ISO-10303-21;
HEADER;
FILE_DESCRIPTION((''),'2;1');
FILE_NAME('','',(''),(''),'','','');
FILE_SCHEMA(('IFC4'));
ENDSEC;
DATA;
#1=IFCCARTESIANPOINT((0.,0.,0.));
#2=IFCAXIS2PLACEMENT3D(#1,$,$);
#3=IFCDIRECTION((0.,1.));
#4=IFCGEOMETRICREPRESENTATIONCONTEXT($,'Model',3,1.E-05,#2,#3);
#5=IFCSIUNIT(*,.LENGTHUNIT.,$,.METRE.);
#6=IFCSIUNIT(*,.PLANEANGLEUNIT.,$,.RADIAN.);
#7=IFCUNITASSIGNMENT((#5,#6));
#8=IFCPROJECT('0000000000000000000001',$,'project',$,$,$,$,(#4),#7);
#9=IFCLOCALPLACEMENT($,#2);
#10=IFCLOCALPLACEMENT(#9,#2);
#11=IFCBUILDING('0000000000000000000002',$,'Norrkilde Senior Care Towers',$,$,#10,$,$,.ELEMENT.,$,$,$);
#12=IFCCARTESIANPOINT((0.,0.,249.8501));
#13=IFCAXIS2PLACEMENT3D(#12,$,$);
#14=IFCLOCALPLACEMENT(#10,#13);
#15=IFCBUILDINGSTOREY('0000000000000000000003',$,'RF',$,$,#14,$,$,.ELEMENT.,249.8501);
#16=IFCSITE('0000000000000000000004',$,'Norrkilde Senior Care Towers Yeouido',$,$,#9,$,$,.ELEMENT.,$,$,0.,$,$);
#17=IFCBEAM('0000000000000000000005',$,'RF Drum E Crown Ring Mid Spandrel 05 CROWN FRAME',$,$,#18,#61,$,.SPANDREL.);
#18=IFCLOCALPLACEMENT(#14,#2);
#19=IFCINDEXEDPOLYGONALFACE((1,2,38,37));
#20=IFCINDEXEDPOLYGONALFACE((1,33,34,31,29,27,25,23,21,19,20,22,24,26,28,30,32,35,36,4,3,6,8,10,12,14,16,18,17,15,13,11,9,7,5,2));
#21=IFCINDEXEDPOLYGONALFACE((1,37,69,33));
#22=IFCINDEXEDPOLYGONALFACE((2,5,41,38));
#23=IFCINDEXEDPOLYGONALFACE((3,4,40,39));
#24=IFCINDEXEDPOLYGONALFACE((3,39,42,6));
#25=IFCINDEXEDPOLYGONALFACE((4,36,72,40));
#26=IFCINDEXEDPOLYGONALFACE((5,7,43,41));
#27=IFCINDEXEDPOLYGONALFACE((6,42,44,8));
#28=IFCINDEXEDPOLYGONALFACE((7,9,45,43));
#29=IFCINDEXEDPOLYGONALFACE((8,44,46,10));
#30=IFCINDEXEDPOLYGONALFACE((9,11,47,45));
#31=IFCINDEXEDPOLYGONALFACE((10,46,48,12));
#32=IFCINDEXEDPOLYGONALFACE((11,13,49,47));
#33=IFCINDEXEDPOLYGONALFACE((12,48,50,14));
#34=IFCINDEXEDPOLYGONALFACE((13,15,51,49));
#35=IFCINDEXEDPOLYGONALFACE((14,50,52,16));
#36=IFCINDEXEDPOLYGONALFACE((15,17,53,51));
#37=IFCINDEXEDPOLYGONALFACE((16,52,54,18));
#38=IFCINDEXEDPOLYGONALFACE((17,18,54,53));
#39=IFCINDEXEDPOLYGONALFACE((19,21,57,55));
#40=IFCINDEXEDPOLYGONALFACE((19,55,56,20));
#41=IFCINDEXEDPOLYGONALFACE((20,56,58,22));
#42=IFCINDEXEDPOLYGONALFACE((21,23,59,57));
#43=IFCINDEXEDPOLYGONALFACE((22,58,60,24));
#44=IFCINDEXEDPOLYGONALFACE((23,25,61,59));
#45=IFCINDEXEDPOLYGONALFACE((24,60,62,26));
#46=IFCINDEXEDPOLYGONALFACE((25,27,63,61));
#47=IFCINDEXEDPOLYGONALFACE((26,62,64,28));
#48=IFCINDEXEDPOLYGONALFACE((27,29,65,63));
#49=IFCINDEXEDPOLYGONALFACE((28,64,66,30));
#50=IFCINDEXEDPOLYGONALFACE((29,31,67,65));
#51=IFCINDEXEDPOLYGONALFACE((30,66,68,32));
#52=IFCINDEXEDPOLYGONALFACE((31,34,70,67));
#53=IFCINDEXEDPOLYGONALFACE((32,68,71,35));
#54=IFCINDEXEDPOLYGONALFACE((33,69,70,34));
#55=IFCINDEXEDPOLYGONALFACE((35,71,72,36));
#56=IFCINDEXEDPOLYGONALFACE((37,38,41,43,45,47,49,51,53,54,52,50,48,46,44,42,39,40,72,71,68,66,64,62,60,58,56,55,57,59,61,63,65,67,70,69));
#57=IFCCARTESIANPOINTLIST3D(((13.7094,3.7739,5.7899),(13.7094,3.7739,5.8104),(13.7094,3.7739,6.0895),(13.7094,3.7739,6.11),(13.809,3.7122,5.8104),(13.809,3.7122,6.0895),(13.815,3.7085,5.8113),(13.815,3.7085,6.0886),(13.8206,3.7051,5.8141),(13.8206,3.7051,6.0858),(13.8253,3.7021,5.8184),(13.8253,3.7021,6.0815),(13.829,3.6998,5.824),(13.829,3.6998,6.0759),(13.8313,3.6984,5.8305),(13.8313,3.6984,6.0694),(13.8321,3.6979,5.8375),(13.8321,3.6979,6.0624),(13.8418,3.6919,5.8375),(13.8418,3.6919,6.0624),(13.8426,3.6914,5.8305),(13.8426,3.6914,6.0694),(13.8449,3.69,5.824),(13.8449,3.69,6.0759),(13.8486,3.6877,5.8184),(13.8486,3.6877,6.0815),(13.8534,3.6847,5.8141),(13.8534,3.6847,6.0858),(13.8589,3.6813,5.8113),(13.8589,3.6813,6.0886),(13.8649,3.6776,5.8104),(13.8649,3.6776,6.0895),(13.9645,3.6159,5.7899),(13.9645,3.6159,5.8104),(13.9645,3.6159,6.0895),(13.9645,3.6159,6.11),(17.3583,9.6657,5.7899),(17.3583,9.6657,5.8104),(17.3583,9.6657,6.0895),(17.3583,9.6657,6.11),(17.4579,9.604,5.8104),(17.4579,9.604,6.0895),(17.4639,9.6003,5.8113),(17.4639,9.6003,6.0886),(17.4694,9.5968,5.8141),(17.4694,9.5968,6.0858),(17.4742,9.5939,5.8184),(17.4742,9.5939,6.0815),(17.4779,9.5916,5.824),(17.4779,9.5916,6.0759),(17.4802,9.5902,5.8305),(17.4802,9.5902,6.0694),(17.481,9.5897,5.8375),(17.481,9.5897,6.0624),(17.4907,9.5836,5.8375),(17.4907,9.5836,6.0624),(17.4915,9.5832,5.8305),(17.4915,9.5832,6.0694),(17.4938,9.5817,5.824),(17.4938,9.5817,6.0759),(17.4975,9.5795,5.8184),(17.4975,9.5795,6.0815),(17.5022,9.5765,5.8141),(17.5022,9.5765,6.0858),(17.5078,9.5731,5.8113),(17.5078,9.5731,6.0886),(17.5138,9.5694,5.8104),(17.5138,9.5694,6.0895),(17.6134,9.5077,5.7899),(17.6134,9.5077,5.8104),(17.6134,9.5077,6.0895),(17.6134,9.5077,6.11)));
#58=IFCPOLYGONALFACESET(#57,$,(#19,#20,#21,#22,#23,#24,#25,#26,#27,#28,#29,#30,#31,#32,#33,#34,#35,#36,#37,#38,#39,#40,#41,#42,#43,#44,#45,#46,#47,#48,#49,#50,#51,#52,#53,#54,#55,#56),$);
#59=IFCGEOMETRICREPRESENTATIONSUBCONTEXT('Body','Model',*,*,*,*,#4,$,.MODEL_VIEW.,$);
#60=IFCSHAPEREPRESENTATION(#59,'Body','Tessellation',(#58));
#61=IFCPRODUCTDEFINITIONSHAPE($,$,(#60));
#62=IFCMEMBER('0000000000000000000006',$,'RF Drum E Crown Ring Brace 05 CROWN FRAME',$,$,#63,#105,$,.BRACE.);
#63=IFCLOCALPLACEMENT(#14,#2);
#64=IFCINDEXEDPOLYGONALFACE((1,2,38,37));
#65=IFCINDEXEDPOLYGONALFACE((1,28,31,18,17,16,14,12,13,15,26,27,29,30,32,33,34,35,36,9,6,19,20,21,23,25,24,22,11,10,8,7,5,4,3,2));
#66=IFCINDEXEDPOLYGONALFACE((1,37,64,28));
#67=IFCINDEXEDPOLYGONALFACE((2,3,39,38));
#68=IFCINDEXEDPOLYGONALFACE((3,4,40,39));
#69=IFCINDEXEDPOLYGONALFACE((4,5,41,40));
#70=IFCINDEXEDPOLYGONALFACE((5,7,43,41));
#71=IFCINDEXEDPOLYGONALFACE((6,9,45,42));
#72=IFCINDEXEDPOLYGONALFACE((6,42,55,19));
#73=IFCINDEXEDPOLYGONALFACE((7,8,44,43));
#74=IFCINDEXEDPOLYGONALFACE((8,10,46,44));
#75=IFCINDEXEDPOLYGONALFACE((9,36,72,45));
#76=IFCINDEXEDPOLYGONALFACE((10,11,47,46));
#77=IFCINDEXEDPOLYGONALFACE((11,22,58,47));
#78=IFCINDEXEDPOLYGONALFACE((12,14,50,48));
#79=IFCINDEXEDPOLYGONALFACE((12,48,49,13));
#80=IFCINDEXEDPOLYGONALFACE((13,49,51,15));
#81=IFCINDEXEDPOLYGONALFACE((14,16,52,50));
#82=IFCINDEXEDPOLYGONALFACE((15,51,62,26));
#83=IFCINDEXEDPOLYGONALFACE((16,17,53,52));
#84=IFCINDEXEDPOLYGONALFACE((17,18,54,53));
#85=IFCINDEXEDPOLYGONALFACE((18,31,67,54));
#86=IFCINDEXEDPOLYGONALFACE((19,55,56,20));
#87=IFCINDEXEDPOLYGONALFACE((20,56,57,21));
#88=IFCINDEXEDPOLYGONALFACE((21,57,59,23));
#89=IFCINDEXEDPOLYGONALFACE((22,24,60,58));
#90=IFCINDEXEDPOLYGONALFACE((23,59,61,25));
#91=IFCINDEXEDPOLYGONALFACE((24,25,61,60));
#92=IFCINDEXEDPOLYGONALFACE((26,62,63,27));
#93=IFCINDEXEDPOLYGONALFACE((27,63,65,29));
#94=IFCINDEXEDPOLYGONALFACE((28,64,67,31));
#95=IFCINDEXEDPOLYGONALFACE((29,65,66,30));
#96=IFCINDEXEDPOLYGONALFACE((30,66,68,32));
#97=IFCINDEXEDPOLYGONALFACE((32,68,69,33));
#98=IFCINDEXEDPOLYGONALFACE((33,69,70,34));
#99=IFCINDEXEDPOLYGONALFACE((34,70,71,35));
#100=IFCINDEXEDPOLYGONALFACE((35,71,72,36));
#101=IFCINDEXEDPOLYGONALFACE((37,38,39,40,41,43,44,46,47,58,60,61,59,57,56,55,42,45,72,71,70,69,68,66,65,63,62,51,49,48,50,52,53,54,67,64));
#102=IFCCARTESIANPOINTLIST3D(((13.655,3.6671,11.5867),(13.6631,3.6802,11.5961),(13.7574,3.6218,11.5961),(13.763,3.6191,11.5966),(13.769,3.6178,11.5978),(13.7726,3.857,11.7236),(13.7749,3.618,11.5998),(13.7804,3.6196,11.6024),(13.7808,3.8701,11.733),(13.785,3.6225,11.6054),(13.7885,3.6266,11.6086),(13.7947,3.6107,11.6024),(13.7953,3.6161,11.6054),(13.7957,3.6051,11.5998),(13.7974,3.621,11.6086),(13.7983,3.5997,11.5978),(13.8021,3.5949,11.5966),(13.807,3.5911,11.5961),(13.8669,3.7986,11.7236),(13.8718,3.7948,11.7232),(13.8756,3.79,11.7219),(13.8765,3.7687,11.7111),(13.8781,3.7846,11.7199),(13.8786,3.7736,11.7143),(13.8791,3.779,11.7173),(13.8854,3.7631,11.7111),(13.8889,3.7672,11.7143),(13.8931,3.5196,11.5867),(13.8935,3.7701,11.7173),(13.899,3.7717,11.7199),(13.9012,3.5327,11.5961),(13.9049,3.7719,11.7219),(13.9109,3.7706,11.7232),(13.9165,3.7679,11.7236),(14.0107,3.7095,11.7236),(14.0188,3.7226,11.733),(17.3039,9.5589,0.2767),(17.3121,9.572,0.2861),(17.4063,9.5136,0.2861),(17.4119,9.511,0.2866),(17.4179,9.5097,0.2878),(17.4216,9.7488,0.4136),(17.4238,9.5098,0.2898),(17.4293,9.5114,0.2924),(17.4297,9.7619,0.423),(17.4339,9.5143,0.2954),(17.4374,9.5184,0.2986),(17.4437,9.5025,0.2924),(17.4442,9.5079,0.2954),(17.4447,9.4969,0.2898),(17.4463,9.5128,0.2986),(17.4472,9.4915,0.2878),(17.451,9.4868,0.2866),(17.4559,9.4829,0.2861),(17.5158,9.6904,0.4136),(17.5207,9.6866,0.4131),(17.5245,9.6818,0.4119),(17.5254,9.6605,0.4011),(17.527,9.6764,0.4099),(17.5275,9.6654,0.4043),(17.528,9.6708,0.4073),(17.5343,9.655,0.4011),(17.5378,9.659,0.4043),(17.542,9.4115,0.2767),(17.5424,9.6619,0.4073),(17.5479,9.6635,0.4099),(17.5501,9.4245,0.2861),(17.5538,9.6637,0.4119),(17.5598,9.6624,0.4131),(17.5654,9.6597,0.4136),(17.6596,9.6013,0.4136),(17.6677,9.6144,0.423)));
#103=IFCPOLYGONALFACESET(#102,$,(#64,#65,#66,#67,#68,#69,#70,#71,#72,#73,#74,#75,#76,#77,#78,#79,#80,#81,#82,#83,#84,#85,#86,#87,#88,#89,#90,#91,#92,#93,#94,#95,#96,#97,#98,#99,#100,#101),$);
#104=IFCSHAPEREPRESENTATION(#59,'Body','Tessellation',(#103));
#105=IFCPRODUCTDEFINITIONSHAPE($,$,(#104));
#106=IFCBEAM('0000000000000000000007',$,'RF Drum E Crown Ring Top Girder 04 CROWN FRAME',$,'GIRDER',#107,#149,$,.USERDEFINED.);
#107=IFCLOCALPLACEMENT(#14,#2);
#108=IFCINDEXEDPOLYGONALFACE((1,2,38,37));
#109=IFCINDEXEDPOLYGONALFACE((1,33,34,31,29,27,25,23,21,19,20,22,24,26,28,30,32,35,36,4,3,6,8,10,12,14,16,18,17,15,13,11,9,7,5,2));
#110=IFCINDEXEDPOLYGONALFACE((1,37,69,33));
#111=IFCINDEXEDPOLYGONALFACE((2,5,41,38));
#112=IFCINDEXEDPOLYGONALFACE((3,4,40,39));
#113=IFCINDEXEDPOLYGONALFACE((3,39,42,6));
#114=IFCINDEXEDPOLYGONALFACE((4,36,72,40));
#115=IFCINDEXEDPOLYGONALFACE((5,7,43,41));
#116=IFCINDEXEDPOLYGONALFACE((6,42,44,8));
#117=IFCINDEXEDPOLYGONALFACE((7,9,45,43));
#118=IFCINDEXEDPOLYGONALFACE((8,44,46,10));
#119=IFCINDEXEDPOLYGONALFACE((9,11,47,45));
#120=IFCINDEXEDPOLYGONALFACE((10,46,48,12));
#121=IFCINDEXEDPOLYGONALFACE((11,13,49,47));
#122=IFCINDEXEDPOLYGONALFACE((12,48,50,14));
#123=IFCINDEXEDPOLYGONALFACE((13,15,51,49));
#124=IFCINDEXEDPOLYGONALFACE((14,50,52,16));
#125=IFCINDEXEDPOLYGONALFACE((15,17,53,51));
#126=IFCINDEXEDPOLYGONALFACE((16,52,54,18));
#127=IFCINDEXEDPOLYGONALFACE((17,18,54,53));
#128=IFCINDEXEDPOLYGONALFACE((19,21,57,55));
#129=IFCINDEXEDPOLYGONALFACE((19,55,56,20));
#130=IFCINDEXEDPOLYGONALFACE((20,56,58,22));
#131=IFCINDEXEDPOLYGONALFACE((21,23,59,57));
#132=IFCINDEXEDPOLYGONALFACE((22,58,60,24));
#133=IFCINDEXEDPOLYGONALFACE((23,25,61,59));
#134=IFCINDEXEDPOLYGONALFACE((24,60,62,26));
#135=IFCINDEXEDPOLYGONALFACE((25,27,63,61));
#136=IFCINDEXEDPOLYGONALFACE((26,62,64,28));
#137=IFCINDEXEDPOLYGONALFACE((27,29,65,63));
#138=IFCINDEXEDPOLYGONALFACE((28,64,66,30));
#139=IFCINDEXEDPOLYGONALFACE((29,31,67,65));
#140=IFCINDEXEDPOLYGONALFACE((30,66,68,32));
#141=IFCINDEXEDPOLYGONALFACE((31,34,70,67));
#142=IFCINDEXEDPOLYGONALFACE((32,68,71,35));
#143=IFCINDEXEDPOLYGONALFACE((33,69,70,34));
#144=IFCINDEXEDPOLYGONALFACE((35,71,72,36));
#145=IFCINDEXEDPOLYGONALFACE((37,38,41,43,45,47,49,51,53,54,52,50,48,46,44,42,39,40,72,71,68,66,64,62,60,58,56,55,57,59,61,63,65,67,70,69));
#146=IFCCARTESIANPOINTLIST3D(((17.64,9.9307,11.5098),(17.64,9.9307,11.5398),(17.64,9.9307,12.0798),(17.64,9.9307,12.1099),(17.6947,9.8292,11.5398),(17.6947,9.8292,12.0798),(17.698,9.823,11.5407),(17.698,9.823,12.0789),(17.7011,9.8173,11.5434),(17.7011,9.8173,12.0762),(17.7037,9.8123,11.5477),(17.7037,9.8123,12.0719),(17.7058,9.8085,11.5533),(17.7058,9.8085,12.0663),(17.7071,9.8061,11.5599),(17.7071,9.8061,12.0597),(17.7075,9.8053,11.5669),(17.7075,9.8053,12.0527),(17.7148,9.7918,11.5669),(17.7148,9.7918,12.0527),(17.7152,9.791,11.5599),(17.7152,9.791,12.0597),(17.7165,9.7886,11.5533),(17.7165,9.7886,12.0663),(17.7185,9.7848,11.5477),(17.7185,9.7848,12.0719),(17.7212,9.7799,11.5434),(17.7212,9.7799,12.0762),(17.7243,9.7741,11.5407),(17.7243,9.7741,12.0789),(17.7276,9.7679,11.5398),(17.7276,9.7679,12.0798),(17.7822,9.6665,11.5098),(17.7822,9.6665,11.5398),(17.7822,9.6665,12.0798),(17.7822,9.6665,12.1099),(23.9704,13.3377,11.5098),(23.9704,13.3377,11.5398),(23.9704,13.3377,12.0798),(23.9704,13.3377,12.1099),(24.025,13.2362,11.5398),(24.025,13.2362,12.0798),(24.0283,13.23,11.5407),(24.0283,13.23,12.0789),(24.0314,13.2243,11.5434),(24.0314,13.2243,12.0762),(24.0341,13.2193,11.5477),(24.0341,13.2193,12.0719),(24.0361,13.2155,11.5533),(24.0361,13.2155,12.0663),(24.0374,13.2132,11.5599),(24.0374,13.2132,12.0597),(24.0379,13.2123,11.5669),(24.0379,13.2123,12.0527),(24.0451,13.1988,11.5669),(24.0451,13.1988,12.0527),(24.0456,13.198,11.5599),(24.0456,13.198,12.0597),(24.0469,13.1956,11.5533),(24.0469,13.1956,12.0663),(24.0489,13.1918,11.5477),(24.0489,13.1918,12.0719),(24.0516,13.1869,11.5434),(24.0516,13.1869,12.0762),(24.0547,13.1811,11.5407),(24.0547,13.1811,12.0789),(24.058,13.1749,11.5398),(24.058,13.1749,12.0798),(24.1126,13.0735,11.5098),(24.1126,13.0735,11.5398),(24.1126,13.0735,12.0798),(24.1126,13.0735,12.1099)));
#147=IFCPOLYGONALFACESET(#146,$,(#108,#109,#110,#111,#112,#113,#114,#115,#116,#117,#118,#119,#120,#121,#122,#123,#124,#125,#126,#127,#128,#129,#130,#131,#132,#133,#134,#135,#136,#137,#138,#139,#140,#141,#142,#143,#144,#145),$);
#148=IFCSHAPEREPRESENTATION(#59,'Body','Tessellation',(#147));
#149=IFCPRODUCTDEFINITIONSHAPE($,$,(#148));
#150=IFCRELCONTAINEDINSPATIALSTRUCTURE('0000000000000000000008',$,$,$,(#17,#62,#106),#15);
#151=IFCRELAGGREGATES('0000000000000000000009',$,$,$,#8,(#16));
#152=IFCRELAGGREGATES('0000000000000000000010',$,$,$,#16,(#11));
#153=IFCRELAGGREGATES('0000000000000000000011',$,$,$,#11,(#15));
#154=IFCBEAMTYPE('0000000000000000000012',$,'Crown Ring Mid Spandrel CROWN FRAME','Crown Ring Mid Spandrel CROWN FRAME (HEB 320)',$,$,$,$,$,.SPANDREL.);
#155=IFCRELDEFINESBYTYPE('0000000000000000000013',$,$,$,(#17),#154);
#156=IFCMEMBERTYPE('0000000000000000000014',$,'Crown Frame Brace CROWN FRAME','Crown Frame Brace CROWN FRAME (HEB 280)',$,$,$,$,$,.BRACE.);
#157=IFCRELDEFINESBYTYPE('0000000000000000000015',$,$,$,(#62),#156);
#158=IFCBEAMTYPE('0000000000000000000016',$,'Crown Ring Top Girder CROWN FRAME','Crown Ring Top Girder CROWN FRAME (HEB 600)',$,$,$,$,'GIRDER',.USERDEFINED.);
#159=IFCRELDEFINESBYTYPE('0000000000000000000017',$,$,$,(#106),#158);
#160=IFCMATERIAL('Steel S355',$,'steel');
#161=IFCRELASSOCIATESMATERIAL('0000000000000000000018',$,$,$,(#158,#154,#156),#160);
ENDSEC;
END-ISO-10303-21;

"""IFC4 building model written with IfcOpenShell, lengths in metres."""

from ifc_helpers import new_model, si_unit, direction, frame, origin, origin_2d, place, context, subcontext, project, spatial, i_section, extrude, source, transform, mapped, material, material_profile, profile_set, type_object, type_shapes, element, save


model = new_model("IFC4")

# Units and contexts
model_context = context("Model", 3, precision=1e-05, world=origin(), true_north=direction((0.0, 1.0)))
body_context = subcontext(model_context, "Body", "Model", "MODEL_VIEW")
ifc_project = project(units=[si_unit("LENGTHUNIT", "METRE"), si_unit("PLANEANGLEUNIT", "RADIAN")], contexts=[model_context])

# Site, building, storey
site_placement = place(None, origin())
site = spatial("IfcSite", under=ifc_project, at=site_placement, Name="Norrkilde Senior Care Towers Yeouido", CompositionType="ELEMENT", RefElevation=0.0)
building_placement = place(site_placement, origin())
building = spatial("IfcBuilding", under=site, at=building_placement, Name="Norrkilde Senior Care Towers", CompositionType="ELEMENT")
storey_placement = place(building_placement, frame((0.0, 0.0, 249.8501)))
storey = spatial("IfcBuildingStorey", under=building, at=storey_placement, Name="RF", CompositionType="ELEMENT", Elevation=249.8501)

# Shared definitions
ifc_material_1 = material(Name="Steel S355", Category="steel")

# Beam
ifc_material_profile_1 = material_profile(ifc_material_1, i_section(OverallWidth=0.3, OverallDepth=0.6001, WebThickness=0.0154, FlangeThickness=0.03, FilletRadius=0.0271, at=origin_2d()), Name="HEB 600")
ifc_profile_set_1 = profile_set([ifc_material_profile_1], Name="Steel S355")
beam_type_1 = type_object("IfcBeamType", Name="Crown Ring Top Girder CROWN FRAME", Description="Crown Ring Top Girder CROWN FRAME (HEB 600)", ElementType="GIRDER", PredefinedType="USERDEFINED", material=ifc_profile_set_1)
ifc_material_profile_2 = material_profile(ifc_material_1, i_section(OverallWidth=0.3, OverallDepth=0.3201, WebThickness=0.0115, FlangeThickness=0.0205, FilletRadius=0.0271, at=origin_2d()), Name="HEB 320")
ifc_profile_set_2 = profile_set([ifc_material_profile_2], Name="Steel S355")
beam_type_2 = type_object("IfcBeamType", Name="Crown Ring Mid Spandrel CROWN FRAME", Description="Crown Ring Mid Spandrel CROWN FRAME (HEB 320)", PredefinedType="SPANDREL", material=ifc_profile_set_2)
shared_shape_1 = source(origin(), body_context, "Body", "SweptSolid", [
    extrude(i_section(OverallWidth=0.3, OverallDepth=0.3201, WebThickness=0.0115, FlangeThickness=0.0205, FilletRadius=0.0271, at=origin_2d()), origin(), (0.0, 0.0, 1.0), 6.9302),
])
beam_1_placement = place(storey_placement, frame((17.4858, 9.5867, 5.95), z_axis=(-0.526521, -0.850162, 0.0), x_axis=(0.850162, -0.526521, 0.0)))
element("IfcBeam", 1, at=beam_1_placement, inside=storey, type_object=beam_type_2, Name="RF Drum E Crown Ring Mid Spandrel 05 CROWN FRAME", PredefinedType="SPANDREL", context=body_context, shape_type="MappedRepresentation", body=[
    mapped(shared_shape_1, transform((0.0, 0.0, 0.0), x_axis=(1.0, 0.0, 0.0), y_axis=(0.0, 1.0, 0.0), z_axis=(0.0, 0.0, 1.0), scale=1.0)),
])

# Member
ifc_material_profile_3 = material_profile(ifc_material_1, i_section(OverallWidth=0.28, OverallDepth=0.28, WebThickness=0.0105, FlangeThickness=0.0181, FilletRadius=0.0239, at=origin_2d()), Name="HEB 280")
ifc_profile_set_3 = profile_set([ifc_material_profile_3], Name="Steel S355")
member_type_1 = type_object("IfcMemberType", Name="Crown Frame Brace CROWN FRAME", Description="Crown Frame Brace CROWN FRAME (HEB 280)", PredefinedType="BRACE", material=ifc_profile_set_3)
shared_shape_2 = source(origin(), body_context, "Body", "SweptSolid", [
    extrude(i_section(OverallWidth=0.28, OverallDepth=0.28, WebThickness=0.0105, FlangeThickness=0.0181, FilletRadius=0.0239, at=origin_2d()), origin(), (0.0, 0.0, 1.0), 13.2644),
])
type_shapes(member_type_1, [shared_shape_2])
member_1_placement = place(storey_placement, frame((17.4858, 9.5867, 0.3499), z_axis=(-0.27509, -0.444183, 0.852659), x_axis=(0.850162, -0.526521, 0.0)))
element("IfcMember", 2, at=member_1_placement, inside=storey, type_object=member_type_1, Name="RF Drum E Crown Ring Brace 05 CROWN FRAME", PredefinedType="BRACE", context=body_context, shape_type="MappedRepresentation", body=[
    mapped(shared_shape_2, transform((0.0, 0.0, 0.0), x_axis=(1.0, 0.0, 0.0), y_axis=(0.0, 1.0, 0.0), z_axis=(0.0, 0.0, 1.0), scale=1.0)),
])

# Beam
shared_shape_3 = source(origin(), body_context, "Body", "SweptSolid", [
    extrude(i_section(OverallWidth=0.3, OverallDepth=0.6001, WebThickness=0.0154, FlangeThickness=0.03, FilletRadius=0.0271, at=origin_2d()), origin(), (0.0, 0.0, 1.0), 7.189),
])
beam_2_placement = place(storey_placement, frame((24.0415, 13.2056, 11.8098), z_axis=(-0.880567, -0.473922, 0.0), x_axis=(0.473922, -0.880567, 0.0)))
element("IfcBeam", 3, at=beam_2_placement, inside=storey, type_object=beam_type_1, Name="RF Drum E Crown Ring Top Girder 04 CROWN FRAME", ObjectType="GIRDER", PredefinedType="USERDEFINED", context=body_context, shape_type="MappedRepresentation", body=[
    mapped(shared_shape_3, transform((0.0, 0.0, 0.0), x_axis=(1.0, 0.0, 0.0), y_axis=(0.0, 1.0, 0.0), z_axis=(0.0, 0.0, 1.0), scale=1.0)),
])

save(model, "model.ifc")
